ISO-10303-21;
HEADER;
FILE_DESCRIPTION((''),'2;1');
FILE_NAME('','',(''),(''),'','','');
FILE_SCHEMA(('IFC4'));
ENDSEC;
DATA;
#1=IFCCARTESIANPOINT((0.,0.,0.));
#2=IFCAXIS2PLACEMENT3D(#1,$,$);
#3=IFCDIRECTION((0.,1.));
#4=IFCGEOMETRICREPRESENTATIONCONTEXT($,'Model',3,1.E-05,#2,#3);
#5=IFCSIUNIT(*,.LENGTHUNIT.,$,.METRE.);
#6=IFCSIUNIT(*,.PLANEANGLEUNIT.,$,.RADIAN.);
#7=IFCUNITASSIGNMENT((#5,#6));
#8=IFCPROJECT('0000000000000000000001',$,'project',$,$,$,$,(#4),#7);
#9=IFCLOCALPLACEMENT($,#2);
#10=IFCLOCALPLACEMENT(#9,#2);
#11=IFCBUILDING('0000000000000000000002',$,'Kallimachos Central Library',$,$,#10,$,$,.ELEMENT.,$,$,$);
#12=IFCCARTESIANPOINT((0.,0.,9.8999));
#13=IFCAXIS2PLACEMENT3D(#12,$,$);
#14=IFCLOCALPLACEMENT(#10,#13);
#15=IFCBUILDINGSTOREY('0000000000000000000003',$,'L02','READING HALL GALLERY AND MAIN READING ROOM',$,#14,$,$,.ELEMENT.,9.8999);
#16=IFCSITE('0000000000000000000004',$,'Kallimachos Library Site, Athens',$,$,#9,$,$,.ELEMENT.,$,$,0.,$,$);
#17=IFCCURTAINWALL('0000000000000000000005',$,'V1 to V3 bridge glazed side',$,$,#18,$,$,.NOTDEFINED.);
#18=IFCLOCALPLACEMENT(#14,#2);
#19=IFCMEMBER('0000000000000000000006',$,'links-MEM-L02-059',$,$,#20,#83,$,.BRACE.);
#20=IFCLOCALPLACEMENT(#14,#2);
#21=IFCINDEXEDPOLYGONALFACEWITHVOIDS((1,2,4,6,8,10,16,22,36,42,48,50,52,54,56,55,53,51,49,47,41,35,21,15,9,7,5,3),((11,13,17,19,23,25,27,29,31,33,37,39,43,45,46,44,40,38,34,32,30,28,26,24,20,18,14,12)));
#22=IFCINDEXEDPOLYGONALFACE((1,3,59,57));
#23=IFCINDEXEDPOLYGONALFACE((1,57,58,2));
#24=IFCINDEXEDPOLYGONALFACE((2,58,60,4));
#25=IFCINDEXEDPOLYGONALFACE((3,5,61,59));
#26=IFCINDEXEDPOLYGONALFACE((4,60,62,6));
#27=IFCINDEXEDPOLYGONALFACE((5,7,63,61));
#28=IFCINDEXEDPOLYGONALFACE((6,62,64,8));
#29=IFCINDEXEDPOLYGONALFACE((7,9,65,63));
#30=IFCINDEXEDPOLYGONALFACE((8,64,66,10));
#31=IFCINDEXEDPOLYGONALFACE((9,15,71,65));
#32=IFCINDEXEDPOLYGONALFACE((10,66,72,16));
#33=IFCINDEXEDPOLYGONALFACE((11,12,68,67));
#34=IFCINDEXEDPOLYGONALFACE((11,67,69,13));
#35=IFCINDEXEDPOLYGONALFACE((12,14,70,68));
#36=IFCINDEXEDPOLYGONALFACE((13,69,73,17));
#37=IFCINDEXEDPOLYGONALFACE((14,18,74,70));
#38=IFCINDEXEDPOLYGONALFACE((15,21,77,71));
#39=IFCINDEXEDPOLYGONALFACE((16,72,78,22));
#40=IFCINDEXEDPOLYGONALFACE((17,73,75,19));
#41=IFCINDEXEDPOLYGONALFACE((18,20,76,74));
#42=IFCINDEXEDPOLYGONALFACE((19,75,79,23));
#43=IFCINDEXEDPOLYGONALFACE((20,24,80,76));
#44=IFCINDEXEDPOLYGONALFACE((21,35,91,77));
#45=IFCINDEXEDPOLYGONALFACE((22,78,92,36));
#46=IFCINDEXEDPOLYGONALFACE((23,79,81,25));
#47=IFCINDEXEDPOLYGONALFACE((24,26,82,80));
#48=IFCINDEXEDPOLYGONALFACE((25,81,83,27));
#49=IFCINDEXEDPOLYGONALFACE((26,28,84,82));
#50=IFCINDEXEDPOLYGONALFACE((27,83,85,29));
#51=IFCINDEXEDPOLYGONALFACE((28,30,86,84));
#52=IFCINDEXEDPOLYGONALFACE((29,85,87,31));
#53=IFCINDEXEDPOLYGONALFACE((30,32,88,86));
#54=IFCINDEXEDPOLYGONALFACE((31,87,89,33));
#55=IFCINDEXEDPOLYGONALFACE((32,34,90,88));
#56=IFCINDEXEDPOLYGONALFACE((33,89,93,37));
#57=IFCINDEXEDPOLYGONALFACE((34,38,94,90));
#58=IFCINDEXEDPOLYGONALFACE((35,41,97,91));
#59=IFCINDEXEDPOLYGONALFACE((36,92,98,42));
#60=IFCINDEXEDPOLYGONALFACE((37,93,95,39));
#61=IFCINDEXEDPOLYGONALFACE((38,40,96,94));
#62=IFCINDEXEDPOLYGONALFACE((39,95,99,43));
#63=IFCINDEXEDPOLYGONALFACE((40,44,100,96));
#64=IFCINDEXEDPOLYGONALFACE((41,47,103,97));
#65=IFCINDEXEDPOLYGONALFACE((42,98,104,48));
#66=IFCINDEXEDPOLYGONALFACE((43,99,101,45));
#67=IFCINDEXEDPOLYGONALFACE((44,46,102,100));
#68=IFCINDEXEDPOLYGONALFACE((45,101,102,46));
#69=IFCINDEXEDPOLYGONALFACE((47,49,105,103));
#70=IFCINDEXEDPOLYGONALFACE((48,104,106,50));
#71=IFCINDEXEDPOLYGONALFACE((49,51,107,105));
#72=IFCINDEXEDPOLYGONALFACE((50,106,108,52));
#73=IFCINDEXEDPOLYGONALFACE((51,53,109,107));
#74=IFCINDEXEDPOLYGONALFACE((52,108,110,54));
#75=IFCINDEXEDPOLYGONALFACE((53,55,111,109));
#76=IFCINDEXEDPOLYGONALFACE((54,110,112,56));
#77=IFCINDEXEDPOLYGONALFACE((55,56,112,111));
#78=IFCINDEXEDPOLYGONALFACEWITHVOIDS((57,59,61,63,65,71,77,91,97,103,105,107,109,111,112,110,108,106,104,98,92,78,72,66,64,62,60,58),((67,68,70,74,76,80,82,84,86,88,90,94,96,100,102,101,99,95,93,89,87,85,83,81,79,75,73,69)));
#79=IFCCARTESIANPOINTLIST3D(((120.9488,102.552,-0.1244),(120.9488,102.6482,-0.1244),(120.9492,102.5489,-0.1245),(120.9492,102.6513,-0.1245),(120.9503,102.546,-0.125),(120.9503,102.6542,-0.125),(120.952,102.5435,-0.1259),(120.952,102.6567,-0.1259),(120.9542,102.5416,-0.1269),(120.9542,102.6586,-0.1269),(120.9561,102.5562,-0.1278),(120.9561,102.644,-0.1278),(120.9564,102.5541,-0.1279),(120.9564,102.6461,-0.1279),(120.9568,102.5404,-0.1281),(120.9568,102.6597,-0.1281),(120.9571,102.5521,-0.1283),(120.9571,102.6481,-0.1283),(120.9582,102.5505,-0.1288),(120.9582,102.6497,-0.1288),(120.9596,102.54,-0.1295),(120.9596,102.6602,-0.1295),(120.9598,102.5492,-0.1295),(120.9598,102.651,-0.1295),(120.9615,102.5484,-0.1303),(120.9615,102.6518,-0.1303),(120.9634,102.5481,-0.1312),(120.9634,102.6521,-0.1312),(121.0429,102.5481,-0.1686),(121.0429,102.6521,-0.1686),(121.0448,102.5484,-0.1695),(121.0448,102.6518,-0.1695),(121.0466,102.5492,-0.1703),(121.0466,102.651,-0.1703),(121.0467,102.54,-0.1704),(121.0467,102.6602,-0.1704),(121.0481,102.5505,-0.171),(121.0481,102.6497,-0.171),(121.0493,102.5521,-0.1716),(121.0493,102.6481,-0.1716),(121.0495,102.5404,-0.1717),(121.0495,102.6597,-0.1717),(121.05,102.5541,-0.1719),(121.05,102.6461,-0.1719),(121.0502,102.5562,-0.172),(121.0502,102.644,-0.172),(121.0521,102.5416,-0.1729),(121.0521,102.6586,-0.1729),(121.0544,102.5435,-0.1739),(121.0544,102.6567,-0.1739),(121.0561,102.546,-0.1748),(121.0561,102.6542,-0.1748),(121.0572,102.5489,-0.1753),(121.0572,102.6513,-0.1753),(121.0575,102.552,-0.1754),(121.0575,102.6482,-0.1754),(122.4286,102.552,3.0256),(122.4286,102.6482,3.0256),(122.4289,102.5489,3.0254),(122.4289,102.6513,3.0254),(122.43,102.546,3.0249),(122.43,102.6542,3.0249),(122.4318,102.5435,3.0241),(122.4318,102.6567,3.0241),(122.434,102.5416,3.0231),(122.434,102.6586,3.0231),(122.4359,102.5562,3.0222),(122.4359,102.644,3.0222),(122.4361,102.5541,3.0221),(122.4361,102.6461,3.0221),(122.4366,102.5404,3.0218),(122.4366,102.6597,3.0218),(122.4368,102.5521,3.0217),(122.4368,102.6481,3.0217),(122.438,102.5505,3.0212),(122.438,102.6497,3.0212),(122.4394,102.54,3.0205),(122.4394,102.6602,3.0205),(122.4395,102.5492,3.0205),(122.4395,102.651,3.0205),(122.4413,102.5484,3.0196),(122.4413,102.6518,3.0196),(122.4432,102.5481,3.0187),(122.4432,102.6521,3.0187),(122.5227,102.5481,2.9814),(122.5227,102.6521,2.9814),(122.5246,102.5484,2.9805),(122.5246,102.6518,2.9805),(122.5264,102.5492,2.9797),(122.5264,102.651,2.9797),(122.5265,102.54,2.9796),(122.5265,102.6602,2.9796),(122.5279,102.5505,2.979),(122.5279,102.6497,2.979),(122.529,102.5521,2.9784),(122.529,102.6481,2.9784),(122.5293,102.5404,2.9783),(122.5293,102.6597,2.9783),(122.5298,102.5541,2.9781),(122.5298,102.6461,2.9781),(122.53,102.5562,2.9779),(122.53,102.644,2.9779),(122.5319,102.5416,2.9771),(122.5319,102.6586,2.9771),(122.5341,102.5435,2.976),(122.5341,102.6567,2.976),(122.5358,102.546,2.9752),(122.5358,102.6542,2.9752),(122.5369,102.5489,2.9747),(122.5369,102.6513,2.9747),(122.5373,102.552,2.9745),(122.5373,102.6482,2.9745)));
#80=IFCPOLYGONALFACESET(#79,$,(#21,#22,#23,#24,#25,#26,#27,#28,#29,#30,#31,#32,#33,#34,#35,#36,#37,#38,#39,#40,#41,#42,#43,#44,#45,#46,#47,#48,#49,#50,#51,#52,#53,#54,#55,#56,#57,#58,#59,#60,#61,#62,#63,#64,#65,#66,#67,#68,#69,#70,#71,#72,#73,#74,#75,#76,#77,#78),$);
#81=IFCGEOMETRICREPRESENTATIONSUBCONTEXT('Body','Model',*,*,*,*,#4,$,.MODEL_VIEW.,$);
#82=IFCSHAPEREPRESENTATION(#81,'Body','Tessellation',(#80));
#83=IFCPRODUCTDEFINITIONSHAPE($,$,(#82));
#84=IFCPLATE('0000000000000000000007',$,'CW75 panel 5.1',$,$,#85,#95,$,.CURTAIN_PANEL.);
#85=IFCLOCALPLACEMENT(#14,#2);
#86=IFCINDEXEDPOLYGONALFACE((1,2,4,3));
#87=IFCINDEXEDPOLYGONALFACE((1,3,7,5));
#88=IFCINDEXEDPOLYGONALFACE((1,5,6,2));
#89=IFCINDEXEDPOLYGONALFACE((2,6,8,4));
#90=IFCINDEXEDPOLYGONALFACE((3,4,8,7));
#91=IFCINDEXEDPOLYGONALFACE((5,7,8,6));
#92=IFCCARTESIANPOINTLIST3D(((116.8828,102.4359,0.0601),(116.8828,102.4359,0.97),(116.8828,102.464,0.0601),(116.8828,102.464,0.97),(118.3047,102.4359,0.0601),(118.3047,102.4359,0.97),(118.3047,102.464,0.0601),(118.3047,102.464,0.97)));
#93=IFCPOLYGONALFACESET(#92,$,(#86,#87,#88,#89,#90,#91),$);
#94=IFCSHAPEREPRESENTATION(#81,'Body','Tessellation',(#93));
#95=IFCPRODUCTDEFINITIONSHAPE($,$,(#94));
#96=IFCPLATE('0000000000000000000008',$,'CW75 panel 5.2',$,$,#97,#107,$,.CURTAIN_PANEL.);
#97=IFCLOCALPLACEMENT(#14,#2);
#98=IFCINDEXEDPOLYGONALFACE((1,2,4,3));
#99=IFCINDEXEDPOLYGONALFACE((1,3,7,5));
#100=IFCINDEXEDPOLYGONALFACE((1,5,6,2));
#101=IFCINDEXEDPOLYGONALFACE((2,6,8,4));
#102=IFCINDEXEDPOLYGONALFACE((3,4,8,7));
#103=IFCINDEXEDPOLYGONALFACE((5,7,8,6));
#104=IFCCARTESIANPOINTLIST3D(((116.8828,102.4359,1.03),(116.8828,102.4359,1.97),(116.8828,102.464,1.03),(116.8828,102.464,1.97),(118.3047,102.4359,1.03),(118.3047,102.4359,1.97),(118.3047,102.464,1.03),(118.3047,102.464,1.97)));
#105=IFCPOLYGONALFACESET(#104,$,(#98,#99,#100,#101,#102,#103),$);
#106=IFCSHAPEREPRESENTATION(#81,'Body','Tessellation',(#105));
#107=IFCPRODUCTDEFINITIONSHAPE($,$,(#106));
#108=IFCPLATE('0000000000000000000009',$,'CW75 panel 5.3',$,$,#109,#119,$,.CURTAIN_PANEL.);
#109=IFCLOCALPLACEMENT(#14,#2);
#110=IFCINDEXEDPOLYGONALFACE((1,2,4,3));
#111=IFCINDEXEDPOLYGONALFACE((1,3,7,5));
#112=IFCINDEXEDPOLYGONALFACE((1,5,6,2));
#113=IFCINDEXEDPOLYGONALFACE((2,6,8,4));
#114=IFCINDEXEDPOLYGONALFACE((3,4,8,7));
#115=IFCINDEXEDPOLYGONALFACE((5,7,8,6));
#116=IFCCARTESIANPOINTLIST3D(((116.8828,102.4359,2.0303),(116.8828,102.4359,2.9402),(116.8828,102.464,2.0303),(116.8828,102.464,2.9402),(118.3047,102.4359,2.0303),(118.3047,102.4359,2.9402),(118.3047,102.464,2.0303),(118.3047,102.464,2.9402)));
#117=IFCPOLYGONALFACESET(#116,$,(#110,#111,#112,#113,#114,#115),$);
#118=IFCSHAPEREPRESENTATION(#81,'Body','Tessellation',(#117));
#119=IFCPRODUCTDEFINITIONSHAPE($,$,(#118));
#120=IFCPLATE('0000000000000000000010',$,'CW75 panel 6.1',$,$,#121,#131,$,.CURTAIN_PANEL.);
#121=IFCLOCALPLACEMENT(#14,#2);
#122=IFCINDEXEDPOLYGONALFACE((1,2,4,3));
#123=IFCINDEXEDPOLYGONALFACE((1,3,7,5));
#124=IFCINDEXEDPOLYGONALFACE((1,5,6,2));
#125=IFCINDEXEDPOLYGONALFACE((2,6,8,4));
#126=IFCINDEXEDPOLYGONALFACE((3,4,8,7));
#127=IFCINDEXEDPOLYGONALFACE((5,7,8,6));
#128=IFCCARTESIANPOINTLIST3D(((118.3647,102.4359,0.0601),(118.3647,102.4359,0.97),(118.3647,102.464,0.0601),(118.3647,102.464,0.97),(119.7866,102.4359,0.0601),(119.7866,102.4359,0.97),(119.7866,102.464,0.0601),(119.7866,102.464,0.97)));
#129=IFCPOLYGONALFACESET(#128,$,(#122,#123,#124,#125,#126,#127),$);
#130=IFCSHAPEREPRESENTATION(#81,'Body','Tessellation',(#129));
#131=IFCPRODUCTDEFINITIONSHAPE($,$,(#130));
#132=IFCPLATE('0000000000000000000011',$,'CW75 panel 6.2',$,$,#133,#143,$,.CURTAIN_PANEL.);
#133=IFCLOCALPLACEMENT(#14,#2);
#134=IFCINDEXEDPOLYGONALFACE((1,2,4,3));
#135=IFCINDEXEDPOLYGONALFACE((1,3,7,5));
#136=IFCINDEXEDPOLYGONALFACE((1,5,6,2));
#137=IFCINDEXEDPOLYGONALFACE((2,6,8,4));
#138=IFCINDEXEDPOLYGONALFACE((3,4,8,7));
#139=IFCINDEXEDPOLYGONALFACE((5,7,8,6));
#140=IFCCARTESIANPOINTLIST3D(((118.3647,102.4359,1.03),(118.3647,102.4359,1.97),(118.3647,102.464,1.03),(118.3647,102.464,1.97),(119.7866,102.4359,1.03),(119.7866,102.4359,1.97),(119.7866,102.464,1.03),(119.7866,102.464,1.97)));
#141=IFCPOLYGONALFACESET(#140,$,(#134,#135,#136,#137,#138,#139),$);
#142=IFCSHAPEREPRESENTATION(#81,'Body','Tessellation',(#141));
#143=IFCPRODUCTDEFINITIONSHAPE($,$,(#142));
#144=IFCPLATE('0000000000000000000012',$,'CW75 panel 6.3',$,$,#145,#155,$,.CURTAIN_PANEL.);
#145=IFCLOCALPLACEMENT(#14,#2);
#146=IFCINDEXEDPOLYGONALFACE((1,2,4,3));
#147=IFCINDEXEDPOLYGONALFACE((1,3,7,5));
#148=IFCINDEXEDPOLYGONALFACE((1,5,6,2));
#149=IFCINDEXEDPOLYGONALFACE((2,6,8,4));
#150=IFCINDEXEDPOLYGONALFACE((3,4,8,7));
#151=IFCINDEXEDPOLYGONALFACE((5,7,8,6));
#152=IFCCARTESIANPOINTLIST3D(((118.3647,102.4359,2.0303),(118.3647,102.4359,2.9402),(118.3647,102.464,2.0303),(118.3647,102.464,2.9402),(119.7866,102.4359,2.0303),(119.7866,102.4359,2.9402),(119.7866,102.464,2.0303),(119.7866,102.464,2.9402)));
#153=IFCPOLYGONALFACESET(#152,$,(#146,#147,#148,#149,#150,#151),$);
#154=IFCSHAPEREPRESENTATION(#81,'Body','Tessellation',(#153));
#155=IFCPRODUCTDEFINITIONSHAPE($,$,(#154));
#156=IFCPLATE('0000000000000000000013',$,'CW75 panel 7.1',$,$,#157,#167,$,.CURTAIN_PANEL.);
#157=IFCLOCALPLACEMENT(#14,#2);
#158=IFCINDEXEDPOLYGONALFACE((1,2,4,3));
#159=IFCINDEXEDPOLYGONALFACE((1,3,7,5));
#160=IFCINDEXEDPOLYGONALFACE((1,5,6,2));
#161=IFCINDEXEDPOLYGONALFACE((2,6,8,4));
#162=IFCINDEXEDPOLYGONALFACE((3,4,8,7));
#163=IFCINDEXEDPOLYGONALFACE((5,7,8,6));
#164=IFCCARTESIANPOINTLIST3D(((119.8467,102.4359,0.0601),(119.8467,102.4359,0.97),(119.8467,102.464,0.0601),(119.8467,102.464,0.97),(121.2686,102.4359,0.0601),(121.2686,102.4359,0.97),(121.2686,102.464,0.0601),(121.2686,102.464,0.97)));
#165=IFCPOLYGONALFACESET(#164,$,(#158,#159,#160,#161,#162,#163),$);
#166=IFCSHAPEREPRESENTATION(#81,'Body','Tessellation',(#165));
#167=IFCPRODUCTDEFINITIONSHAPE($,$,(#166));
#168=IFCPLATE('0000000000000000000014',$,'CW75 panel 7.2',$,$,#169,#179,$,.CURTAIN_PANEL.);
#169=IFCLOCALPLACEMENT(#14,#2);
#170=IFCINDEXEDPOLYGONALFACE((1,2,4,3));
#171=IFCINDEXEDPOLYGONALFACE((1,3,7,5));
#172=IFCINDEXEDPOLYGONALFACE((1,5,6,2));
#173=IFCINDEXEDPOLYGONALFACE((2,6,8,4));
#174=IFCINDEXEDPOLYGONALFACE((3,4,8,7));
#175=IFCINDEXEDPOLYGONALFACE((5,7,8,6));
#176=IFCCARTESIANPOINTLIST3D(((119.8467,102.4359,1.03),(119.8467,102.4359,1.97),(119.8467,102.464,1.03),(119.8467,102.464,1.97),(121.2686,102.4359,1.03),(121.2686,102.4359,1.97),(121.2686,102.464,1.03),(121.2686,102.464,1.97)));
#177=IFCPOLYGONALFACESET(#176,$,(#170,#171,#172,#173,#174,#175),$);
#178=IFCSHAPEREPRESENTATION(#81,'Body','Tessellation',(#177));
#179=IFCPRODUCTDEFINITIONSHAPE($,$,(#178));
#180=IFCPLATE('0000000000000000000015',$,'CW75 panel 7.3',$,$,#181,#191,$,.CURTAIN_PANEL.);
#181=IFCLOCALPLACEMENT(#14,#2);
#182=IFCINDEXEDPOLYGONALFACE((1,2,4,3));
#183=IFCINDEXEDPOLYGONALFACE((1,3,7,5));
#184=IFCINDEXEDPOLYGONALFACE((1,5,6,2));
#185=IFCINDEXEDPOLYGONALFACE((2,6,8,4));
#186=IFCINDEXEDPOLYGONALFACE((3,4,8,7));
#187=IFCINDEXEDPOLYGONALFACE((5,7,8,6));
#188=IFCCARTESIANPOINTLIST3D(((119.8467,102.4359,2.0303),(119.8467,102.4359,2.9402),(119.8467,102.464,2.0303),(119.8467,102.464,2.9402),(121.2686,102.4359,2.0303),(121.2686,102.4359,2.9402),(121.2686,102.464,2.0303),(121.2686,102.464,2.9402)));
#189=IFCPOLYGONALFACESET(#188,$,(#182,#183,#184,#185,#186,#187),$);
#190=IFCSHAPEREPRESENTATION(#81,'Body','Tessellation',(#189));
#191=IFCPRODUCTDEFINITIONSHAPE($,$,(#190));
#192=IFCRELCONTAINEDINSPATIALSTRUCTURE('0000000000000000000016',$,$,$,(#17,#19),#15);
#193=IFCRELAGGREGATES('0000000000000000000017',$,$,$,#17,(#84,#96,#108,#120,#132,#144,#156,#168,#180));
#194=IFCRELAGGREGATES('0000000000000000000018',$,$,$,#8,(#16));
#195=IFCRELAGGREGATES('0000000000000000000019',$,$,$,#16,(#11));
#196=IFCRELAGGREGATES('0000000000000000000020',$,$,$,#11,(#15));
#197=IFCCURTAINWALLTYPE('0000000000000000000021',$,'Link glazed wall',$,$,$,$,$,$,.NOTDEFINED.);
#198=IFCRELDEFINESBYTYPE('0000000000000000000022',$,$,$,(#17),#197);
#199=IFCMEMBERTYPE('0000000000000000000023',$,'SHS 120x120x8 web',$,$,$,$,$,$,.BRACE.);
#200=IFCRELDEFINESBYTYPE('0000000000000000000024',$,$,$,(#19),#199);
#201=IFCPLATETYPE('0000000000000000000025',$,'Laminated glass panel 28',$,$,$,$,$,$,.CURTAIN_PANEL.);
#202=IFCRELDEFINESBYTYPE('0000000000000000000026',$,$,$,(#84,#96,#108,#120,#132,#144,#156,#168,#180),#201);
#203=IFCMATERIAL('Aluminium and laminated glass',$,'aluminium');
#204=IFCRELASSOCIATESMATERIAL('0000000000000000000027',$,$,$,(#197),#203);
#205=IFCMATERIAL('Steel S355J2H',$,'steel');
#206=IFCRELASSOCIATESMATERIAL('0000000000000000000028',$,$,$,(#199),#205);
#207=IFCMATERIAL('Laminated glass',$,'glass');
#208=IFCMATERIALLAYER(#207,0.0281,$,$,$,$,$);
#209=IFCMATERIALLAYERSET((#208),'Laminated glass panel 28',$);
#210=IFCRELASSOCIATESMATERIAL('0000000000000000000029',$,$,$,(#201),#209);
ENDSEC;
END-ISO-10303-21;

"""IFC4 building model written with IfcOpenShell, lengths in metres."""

from ifc_helpers import new_model, si_unit, direction, frame, origin, origin_2d, place, context, subcontext, project, spatial, rectangle, hollow_rectangle, extrude, material, layer, layer_set, material_profile, profile_set, type_object, element, aggregate, save


model = new_model("IFC4")

# Units and contexts
model_context = context("Model", 3, precision=1e-05, world=origin(), true_north=direction((0.0, 1.0)))
body_context = subcontext(model_context, "Body", "Model", "MODEL_VIEW")
ifc_project = project(units=[si_unit("LENGTHUNIT", "METRE"), si_unit("PLANEANGLEUNIT", "RADIAN")], contexts=[model_context])

# Site, building, storey
site_placement = place(None, origin())
site = spatial("IfcSite", under=ifc_project, at=site_placement, Name="Kallimachos Library Site, Athens", CompositionType="ELEMENT", RefElevation=0.0)
building_placement = place(site_placement, origin())
building = spatial("IfcBuilding", under=site, at=building_placement, Name="Kallimachos Central Library", CompositionType="ELEMENT")
storey_placement = place(building_placement, frame((0.0, 0.0, 9.8999)))
storey = spatial("IfcBuildingStorey", under=building, at=storey_placement, Name="L02", Description="READING HALL GALLERY AND MAIN READING ROOM", CompositionType="ELEMENT", Elevation=9.8999)

# Curtain wall
ifc_material_1 = material(Name="Aluminium and laminated glass", Category="aluminium")
curtain_wall_type = type_object("IfcCurtainWallType", Name="Link glazed wall", PredefinedType="NOTDEFINED", material=ifc_material_1)
curtain_wall_placement = place(storey_placement, origin())
curtain_wall = element("IfcCurtainWall", 1, at=curtain_wall_placement, inside=storey, type_object=curtain_wall_type, Name="V1 to V3 bridge glazed side", PredefinedType="NOTDEFINED")

# Member
ifc_material_2 = material(Name="Steel S355J2H", Category="steel")
ifc_material_profile_1 = material_profile(ifc_material_2, hollow_rectangle(XDim=0.1201, YDim=0.1201, WallThickness=0.0081, InnerFilletRadius=0.0081, OuterFilletRadius=0.012, at=origin_2d()), Name="SHS 120x120x8")
ifc_profile_set_1 = profile_set([ifc_material_profile_1], Name="Steel S355J2H")
member_type_1 = type_object("IfcMemberType", Name="SHS 120x120x8 web", PredefinedType="BRACE", material=ifc_profile_set_1)
for number, where, z_axis, x_axis, name in (
    (2, (121.0032, 102.6001, -0.1499), (0.425192, 0.0, 0.905103), (0.0, 1.0, 0.0), "links-MEM-L02-059"),
):
    element("IfcMember", number, at=place(storey_placement, frame(where, z_axis=z_axis, x_axis=x_axis)), inside=storey, type_object=member_type_1, Name=name, PredefinedType="BRACE", context=body_context, shape_type="SweptSolid", body=[
        extrude(hollow_rectangle(XDim=0.1201, YDim=0.1201, WallThickness=0.0081, InnerFilletRadius=0.0081, OuterFilletRadius=0.012, at=origin_2d()), origin(), (0.0, 0.0, 1.0), 3.4802),
    ])

# Plates
ifc_material_3 = material(Name="Laminated glass", Category="glass")
ifc_layer = layer(ifc_material_3, 0.0281)
ifc_layer_set = layer_set([ifc_layer], Name="Laminated glass panel 28")
plate_type = type_object("IfcPlateType", Name="Laminated glass panel 28", PredefinedType="CURTAIN_PANEL", material=ifc_layer_set)
plate_1_placement = place(storey_placement, frame((117.5938, 102.45, 0.0601), z_axis=(0.0, 0.0, 1.0), x_axis=(1.0, 0.0, 0.0)))
plate_1 = element("IfcPlate", 3, at=plate_1_placement, type_object=plate_type, Name="CW75 panel 5.1", PredefinedType="CURTAIN_PANEL", context=body_context, shape_type="SweptSolid", body=[
    extrude(rectangle(XDim=1.4219, YDim=0.0281, at=origin_2d()), origin(), (0.0, 0.0, 1.0), 0.9099),
])
plate_2_placement = place(storey_placement, frame((117.5938, 102.45, 1.03), z_axis=(0.0, 0.0, 1.0), x_axis=(1.0, 0.0, 0.0)))
plate_2 = element("IfcPlate", 4, at=plate_2_placement, type_object=plate_type, Name="CW75 panel 5.2", PredefinedType="CURTAIN_PANEL", context=body_context, shape_type="SweptSolid", body=[
    extrude(rectangle(XDim=1.4219, YDim=0.0281, at=origin_2d()), origin(), (0.0, 0.0, 1.0), 0.9399),
])
plate_3_placement = place(storey_placement, frame((117.5938, 102.45, 2.0303), z_axis=(0.0, 0.0, 1.0), x_axis=(1.0, 0.0, 0.0)))
plate_3 = element("IfcPlate", 5, at=plate_3_placement, type_object=plate_type, Name="CW75 panel 5.3", PredefinedType="CURTAIN_PANEL", context=body_context, shape_type="SweptSolid", body=[
    extrude(rectangle(XDim=1.4219, YDim=0.0281, at=origin_2d()), origin(), (0.0, 0.0, 1.0), 0.9099),
])
plate_4_placement = place(storey_placement, frame((119.0757, 102.45, 0.0601), z_axis=(0.0, 0.0, 1.0), x_axis=(1.0, 0.0, 0.0)))
plate_4 = element("IfcPlate", 6, at=plate_4_placement, type_object=plate_type, Name="CW75 panel 6.1", PredefinedType="CURTAIN_PANEL", context=body_context, shape_type="SweptSolid", body=[
    extrude(rectangle(XDim=1.4219, YDim=0.0281, at=origin_2d()), origin(), (0.0, 0.0, 1.0), 0.9099),
])
plate_5_placement = place(storey_placement, frame((119.0757, 102.45, 1.03), z_axis=(0.0, 0.0, 1.0), x_axis=(1.0, 0.0, 0.0)))
plate_5 = element("IfcPlate", 7, at=plate_5_placement, type_object=plate_type, Name="CW75 panel 6.2", PredefinedType="CURTAIN_PANEL", context=body_context, shape_type="SweptSolid", body=[
    extrude(rectangle(XDim=1.4219, YDim=0.0281, at=origin_2d()), origin(), (0.0, 0.0, 1.0), 0.9399),
])
plate_6_placement = place(storey_placement, frame((119.0757, 102.45, 2.0303), z_axis=(0.0, 0.0, 1.0), x_axis=(1.0, 0.0, 0.0)))
plate_6 = element("IfcPlate", 8, at=plate_6_placement, type_object=plate_type, Name="CW75 panel 6.3", PredefinedType="CURTAIN_PANEL", context=body_context, shape_type="SweptSolid", body=[
    extrude(rectangle(XDim=1.4219, YDim=0.0281, at=origin_2d()), origin(), (0.0, 0.0, 1.0), 0.9099),
])
plate_7_placement = place(storey_placement, frame((120.5576, 102.45, 0.0601), z_axis=(0.0, 0.0, 1.0), x_axis=(1.0, 0.0, 0.0)))
plate_7 = element("IfcPlate", 9, at=plate_7_placement, type_object=plate_type, Name="CW75 panel 7.1", PredefinedType="CURTAIN_PANEL", context=body_context, shape_type="SweptSolid", body=[
    extrude(rectangle(XDim=1.4219, YDim=0.0281, at=origin_2d()), origin(), (0.0, 0.0, 1.0), 0.9099),
])
plate_8_placement = place(storey_placement, frame((120.5576, 102.45, 1.03), z_axis=(0.0, 0.0, 1.0), x_axis=(1.0, 0.0, 0.0)))
plate_8 = element("IfcPlate", 10, at=plate_8_placement, type_object=plate_type, Name="CW75 panel 7.2", PredefinedType="CURTAIN_PANEL", context=body_context, shape_type="SweptSolid", body=[
    extrude(rectangle(XDim=1.4219, YDim=0.0281, at=origin_2d()), origin(), (0.0, 0.0, 1.0), 0.9399),
])
plate_9_placement = place(storey_placement, frame((120.5576, 102.45, 2.0303), z_axis=(0.0, 0.0, 1.0), x_axis=(1.0, 0.0, 0.0)))
plate_9 = element("IfcPlate", 11, at=plate_9_placement, type_object=plate_type, Name="CW75 panel 7.3", PredefinedType="CURTAIN_PANEL", context=body_context, shape_type="SweptSolid", body=[
    extrude(rectangle(XDim=1.4219, YDim=0.0281, at=origin_2d()), origin(), (0.0, 0.0, 1.0), 0.9099),
])
aggregate(curtain_wall, [plate_1, plate_2, plate_3, plate_4, plate_5, plate_6, plate_7, plate_8, plate_9])

save(model, "model.ifc")
